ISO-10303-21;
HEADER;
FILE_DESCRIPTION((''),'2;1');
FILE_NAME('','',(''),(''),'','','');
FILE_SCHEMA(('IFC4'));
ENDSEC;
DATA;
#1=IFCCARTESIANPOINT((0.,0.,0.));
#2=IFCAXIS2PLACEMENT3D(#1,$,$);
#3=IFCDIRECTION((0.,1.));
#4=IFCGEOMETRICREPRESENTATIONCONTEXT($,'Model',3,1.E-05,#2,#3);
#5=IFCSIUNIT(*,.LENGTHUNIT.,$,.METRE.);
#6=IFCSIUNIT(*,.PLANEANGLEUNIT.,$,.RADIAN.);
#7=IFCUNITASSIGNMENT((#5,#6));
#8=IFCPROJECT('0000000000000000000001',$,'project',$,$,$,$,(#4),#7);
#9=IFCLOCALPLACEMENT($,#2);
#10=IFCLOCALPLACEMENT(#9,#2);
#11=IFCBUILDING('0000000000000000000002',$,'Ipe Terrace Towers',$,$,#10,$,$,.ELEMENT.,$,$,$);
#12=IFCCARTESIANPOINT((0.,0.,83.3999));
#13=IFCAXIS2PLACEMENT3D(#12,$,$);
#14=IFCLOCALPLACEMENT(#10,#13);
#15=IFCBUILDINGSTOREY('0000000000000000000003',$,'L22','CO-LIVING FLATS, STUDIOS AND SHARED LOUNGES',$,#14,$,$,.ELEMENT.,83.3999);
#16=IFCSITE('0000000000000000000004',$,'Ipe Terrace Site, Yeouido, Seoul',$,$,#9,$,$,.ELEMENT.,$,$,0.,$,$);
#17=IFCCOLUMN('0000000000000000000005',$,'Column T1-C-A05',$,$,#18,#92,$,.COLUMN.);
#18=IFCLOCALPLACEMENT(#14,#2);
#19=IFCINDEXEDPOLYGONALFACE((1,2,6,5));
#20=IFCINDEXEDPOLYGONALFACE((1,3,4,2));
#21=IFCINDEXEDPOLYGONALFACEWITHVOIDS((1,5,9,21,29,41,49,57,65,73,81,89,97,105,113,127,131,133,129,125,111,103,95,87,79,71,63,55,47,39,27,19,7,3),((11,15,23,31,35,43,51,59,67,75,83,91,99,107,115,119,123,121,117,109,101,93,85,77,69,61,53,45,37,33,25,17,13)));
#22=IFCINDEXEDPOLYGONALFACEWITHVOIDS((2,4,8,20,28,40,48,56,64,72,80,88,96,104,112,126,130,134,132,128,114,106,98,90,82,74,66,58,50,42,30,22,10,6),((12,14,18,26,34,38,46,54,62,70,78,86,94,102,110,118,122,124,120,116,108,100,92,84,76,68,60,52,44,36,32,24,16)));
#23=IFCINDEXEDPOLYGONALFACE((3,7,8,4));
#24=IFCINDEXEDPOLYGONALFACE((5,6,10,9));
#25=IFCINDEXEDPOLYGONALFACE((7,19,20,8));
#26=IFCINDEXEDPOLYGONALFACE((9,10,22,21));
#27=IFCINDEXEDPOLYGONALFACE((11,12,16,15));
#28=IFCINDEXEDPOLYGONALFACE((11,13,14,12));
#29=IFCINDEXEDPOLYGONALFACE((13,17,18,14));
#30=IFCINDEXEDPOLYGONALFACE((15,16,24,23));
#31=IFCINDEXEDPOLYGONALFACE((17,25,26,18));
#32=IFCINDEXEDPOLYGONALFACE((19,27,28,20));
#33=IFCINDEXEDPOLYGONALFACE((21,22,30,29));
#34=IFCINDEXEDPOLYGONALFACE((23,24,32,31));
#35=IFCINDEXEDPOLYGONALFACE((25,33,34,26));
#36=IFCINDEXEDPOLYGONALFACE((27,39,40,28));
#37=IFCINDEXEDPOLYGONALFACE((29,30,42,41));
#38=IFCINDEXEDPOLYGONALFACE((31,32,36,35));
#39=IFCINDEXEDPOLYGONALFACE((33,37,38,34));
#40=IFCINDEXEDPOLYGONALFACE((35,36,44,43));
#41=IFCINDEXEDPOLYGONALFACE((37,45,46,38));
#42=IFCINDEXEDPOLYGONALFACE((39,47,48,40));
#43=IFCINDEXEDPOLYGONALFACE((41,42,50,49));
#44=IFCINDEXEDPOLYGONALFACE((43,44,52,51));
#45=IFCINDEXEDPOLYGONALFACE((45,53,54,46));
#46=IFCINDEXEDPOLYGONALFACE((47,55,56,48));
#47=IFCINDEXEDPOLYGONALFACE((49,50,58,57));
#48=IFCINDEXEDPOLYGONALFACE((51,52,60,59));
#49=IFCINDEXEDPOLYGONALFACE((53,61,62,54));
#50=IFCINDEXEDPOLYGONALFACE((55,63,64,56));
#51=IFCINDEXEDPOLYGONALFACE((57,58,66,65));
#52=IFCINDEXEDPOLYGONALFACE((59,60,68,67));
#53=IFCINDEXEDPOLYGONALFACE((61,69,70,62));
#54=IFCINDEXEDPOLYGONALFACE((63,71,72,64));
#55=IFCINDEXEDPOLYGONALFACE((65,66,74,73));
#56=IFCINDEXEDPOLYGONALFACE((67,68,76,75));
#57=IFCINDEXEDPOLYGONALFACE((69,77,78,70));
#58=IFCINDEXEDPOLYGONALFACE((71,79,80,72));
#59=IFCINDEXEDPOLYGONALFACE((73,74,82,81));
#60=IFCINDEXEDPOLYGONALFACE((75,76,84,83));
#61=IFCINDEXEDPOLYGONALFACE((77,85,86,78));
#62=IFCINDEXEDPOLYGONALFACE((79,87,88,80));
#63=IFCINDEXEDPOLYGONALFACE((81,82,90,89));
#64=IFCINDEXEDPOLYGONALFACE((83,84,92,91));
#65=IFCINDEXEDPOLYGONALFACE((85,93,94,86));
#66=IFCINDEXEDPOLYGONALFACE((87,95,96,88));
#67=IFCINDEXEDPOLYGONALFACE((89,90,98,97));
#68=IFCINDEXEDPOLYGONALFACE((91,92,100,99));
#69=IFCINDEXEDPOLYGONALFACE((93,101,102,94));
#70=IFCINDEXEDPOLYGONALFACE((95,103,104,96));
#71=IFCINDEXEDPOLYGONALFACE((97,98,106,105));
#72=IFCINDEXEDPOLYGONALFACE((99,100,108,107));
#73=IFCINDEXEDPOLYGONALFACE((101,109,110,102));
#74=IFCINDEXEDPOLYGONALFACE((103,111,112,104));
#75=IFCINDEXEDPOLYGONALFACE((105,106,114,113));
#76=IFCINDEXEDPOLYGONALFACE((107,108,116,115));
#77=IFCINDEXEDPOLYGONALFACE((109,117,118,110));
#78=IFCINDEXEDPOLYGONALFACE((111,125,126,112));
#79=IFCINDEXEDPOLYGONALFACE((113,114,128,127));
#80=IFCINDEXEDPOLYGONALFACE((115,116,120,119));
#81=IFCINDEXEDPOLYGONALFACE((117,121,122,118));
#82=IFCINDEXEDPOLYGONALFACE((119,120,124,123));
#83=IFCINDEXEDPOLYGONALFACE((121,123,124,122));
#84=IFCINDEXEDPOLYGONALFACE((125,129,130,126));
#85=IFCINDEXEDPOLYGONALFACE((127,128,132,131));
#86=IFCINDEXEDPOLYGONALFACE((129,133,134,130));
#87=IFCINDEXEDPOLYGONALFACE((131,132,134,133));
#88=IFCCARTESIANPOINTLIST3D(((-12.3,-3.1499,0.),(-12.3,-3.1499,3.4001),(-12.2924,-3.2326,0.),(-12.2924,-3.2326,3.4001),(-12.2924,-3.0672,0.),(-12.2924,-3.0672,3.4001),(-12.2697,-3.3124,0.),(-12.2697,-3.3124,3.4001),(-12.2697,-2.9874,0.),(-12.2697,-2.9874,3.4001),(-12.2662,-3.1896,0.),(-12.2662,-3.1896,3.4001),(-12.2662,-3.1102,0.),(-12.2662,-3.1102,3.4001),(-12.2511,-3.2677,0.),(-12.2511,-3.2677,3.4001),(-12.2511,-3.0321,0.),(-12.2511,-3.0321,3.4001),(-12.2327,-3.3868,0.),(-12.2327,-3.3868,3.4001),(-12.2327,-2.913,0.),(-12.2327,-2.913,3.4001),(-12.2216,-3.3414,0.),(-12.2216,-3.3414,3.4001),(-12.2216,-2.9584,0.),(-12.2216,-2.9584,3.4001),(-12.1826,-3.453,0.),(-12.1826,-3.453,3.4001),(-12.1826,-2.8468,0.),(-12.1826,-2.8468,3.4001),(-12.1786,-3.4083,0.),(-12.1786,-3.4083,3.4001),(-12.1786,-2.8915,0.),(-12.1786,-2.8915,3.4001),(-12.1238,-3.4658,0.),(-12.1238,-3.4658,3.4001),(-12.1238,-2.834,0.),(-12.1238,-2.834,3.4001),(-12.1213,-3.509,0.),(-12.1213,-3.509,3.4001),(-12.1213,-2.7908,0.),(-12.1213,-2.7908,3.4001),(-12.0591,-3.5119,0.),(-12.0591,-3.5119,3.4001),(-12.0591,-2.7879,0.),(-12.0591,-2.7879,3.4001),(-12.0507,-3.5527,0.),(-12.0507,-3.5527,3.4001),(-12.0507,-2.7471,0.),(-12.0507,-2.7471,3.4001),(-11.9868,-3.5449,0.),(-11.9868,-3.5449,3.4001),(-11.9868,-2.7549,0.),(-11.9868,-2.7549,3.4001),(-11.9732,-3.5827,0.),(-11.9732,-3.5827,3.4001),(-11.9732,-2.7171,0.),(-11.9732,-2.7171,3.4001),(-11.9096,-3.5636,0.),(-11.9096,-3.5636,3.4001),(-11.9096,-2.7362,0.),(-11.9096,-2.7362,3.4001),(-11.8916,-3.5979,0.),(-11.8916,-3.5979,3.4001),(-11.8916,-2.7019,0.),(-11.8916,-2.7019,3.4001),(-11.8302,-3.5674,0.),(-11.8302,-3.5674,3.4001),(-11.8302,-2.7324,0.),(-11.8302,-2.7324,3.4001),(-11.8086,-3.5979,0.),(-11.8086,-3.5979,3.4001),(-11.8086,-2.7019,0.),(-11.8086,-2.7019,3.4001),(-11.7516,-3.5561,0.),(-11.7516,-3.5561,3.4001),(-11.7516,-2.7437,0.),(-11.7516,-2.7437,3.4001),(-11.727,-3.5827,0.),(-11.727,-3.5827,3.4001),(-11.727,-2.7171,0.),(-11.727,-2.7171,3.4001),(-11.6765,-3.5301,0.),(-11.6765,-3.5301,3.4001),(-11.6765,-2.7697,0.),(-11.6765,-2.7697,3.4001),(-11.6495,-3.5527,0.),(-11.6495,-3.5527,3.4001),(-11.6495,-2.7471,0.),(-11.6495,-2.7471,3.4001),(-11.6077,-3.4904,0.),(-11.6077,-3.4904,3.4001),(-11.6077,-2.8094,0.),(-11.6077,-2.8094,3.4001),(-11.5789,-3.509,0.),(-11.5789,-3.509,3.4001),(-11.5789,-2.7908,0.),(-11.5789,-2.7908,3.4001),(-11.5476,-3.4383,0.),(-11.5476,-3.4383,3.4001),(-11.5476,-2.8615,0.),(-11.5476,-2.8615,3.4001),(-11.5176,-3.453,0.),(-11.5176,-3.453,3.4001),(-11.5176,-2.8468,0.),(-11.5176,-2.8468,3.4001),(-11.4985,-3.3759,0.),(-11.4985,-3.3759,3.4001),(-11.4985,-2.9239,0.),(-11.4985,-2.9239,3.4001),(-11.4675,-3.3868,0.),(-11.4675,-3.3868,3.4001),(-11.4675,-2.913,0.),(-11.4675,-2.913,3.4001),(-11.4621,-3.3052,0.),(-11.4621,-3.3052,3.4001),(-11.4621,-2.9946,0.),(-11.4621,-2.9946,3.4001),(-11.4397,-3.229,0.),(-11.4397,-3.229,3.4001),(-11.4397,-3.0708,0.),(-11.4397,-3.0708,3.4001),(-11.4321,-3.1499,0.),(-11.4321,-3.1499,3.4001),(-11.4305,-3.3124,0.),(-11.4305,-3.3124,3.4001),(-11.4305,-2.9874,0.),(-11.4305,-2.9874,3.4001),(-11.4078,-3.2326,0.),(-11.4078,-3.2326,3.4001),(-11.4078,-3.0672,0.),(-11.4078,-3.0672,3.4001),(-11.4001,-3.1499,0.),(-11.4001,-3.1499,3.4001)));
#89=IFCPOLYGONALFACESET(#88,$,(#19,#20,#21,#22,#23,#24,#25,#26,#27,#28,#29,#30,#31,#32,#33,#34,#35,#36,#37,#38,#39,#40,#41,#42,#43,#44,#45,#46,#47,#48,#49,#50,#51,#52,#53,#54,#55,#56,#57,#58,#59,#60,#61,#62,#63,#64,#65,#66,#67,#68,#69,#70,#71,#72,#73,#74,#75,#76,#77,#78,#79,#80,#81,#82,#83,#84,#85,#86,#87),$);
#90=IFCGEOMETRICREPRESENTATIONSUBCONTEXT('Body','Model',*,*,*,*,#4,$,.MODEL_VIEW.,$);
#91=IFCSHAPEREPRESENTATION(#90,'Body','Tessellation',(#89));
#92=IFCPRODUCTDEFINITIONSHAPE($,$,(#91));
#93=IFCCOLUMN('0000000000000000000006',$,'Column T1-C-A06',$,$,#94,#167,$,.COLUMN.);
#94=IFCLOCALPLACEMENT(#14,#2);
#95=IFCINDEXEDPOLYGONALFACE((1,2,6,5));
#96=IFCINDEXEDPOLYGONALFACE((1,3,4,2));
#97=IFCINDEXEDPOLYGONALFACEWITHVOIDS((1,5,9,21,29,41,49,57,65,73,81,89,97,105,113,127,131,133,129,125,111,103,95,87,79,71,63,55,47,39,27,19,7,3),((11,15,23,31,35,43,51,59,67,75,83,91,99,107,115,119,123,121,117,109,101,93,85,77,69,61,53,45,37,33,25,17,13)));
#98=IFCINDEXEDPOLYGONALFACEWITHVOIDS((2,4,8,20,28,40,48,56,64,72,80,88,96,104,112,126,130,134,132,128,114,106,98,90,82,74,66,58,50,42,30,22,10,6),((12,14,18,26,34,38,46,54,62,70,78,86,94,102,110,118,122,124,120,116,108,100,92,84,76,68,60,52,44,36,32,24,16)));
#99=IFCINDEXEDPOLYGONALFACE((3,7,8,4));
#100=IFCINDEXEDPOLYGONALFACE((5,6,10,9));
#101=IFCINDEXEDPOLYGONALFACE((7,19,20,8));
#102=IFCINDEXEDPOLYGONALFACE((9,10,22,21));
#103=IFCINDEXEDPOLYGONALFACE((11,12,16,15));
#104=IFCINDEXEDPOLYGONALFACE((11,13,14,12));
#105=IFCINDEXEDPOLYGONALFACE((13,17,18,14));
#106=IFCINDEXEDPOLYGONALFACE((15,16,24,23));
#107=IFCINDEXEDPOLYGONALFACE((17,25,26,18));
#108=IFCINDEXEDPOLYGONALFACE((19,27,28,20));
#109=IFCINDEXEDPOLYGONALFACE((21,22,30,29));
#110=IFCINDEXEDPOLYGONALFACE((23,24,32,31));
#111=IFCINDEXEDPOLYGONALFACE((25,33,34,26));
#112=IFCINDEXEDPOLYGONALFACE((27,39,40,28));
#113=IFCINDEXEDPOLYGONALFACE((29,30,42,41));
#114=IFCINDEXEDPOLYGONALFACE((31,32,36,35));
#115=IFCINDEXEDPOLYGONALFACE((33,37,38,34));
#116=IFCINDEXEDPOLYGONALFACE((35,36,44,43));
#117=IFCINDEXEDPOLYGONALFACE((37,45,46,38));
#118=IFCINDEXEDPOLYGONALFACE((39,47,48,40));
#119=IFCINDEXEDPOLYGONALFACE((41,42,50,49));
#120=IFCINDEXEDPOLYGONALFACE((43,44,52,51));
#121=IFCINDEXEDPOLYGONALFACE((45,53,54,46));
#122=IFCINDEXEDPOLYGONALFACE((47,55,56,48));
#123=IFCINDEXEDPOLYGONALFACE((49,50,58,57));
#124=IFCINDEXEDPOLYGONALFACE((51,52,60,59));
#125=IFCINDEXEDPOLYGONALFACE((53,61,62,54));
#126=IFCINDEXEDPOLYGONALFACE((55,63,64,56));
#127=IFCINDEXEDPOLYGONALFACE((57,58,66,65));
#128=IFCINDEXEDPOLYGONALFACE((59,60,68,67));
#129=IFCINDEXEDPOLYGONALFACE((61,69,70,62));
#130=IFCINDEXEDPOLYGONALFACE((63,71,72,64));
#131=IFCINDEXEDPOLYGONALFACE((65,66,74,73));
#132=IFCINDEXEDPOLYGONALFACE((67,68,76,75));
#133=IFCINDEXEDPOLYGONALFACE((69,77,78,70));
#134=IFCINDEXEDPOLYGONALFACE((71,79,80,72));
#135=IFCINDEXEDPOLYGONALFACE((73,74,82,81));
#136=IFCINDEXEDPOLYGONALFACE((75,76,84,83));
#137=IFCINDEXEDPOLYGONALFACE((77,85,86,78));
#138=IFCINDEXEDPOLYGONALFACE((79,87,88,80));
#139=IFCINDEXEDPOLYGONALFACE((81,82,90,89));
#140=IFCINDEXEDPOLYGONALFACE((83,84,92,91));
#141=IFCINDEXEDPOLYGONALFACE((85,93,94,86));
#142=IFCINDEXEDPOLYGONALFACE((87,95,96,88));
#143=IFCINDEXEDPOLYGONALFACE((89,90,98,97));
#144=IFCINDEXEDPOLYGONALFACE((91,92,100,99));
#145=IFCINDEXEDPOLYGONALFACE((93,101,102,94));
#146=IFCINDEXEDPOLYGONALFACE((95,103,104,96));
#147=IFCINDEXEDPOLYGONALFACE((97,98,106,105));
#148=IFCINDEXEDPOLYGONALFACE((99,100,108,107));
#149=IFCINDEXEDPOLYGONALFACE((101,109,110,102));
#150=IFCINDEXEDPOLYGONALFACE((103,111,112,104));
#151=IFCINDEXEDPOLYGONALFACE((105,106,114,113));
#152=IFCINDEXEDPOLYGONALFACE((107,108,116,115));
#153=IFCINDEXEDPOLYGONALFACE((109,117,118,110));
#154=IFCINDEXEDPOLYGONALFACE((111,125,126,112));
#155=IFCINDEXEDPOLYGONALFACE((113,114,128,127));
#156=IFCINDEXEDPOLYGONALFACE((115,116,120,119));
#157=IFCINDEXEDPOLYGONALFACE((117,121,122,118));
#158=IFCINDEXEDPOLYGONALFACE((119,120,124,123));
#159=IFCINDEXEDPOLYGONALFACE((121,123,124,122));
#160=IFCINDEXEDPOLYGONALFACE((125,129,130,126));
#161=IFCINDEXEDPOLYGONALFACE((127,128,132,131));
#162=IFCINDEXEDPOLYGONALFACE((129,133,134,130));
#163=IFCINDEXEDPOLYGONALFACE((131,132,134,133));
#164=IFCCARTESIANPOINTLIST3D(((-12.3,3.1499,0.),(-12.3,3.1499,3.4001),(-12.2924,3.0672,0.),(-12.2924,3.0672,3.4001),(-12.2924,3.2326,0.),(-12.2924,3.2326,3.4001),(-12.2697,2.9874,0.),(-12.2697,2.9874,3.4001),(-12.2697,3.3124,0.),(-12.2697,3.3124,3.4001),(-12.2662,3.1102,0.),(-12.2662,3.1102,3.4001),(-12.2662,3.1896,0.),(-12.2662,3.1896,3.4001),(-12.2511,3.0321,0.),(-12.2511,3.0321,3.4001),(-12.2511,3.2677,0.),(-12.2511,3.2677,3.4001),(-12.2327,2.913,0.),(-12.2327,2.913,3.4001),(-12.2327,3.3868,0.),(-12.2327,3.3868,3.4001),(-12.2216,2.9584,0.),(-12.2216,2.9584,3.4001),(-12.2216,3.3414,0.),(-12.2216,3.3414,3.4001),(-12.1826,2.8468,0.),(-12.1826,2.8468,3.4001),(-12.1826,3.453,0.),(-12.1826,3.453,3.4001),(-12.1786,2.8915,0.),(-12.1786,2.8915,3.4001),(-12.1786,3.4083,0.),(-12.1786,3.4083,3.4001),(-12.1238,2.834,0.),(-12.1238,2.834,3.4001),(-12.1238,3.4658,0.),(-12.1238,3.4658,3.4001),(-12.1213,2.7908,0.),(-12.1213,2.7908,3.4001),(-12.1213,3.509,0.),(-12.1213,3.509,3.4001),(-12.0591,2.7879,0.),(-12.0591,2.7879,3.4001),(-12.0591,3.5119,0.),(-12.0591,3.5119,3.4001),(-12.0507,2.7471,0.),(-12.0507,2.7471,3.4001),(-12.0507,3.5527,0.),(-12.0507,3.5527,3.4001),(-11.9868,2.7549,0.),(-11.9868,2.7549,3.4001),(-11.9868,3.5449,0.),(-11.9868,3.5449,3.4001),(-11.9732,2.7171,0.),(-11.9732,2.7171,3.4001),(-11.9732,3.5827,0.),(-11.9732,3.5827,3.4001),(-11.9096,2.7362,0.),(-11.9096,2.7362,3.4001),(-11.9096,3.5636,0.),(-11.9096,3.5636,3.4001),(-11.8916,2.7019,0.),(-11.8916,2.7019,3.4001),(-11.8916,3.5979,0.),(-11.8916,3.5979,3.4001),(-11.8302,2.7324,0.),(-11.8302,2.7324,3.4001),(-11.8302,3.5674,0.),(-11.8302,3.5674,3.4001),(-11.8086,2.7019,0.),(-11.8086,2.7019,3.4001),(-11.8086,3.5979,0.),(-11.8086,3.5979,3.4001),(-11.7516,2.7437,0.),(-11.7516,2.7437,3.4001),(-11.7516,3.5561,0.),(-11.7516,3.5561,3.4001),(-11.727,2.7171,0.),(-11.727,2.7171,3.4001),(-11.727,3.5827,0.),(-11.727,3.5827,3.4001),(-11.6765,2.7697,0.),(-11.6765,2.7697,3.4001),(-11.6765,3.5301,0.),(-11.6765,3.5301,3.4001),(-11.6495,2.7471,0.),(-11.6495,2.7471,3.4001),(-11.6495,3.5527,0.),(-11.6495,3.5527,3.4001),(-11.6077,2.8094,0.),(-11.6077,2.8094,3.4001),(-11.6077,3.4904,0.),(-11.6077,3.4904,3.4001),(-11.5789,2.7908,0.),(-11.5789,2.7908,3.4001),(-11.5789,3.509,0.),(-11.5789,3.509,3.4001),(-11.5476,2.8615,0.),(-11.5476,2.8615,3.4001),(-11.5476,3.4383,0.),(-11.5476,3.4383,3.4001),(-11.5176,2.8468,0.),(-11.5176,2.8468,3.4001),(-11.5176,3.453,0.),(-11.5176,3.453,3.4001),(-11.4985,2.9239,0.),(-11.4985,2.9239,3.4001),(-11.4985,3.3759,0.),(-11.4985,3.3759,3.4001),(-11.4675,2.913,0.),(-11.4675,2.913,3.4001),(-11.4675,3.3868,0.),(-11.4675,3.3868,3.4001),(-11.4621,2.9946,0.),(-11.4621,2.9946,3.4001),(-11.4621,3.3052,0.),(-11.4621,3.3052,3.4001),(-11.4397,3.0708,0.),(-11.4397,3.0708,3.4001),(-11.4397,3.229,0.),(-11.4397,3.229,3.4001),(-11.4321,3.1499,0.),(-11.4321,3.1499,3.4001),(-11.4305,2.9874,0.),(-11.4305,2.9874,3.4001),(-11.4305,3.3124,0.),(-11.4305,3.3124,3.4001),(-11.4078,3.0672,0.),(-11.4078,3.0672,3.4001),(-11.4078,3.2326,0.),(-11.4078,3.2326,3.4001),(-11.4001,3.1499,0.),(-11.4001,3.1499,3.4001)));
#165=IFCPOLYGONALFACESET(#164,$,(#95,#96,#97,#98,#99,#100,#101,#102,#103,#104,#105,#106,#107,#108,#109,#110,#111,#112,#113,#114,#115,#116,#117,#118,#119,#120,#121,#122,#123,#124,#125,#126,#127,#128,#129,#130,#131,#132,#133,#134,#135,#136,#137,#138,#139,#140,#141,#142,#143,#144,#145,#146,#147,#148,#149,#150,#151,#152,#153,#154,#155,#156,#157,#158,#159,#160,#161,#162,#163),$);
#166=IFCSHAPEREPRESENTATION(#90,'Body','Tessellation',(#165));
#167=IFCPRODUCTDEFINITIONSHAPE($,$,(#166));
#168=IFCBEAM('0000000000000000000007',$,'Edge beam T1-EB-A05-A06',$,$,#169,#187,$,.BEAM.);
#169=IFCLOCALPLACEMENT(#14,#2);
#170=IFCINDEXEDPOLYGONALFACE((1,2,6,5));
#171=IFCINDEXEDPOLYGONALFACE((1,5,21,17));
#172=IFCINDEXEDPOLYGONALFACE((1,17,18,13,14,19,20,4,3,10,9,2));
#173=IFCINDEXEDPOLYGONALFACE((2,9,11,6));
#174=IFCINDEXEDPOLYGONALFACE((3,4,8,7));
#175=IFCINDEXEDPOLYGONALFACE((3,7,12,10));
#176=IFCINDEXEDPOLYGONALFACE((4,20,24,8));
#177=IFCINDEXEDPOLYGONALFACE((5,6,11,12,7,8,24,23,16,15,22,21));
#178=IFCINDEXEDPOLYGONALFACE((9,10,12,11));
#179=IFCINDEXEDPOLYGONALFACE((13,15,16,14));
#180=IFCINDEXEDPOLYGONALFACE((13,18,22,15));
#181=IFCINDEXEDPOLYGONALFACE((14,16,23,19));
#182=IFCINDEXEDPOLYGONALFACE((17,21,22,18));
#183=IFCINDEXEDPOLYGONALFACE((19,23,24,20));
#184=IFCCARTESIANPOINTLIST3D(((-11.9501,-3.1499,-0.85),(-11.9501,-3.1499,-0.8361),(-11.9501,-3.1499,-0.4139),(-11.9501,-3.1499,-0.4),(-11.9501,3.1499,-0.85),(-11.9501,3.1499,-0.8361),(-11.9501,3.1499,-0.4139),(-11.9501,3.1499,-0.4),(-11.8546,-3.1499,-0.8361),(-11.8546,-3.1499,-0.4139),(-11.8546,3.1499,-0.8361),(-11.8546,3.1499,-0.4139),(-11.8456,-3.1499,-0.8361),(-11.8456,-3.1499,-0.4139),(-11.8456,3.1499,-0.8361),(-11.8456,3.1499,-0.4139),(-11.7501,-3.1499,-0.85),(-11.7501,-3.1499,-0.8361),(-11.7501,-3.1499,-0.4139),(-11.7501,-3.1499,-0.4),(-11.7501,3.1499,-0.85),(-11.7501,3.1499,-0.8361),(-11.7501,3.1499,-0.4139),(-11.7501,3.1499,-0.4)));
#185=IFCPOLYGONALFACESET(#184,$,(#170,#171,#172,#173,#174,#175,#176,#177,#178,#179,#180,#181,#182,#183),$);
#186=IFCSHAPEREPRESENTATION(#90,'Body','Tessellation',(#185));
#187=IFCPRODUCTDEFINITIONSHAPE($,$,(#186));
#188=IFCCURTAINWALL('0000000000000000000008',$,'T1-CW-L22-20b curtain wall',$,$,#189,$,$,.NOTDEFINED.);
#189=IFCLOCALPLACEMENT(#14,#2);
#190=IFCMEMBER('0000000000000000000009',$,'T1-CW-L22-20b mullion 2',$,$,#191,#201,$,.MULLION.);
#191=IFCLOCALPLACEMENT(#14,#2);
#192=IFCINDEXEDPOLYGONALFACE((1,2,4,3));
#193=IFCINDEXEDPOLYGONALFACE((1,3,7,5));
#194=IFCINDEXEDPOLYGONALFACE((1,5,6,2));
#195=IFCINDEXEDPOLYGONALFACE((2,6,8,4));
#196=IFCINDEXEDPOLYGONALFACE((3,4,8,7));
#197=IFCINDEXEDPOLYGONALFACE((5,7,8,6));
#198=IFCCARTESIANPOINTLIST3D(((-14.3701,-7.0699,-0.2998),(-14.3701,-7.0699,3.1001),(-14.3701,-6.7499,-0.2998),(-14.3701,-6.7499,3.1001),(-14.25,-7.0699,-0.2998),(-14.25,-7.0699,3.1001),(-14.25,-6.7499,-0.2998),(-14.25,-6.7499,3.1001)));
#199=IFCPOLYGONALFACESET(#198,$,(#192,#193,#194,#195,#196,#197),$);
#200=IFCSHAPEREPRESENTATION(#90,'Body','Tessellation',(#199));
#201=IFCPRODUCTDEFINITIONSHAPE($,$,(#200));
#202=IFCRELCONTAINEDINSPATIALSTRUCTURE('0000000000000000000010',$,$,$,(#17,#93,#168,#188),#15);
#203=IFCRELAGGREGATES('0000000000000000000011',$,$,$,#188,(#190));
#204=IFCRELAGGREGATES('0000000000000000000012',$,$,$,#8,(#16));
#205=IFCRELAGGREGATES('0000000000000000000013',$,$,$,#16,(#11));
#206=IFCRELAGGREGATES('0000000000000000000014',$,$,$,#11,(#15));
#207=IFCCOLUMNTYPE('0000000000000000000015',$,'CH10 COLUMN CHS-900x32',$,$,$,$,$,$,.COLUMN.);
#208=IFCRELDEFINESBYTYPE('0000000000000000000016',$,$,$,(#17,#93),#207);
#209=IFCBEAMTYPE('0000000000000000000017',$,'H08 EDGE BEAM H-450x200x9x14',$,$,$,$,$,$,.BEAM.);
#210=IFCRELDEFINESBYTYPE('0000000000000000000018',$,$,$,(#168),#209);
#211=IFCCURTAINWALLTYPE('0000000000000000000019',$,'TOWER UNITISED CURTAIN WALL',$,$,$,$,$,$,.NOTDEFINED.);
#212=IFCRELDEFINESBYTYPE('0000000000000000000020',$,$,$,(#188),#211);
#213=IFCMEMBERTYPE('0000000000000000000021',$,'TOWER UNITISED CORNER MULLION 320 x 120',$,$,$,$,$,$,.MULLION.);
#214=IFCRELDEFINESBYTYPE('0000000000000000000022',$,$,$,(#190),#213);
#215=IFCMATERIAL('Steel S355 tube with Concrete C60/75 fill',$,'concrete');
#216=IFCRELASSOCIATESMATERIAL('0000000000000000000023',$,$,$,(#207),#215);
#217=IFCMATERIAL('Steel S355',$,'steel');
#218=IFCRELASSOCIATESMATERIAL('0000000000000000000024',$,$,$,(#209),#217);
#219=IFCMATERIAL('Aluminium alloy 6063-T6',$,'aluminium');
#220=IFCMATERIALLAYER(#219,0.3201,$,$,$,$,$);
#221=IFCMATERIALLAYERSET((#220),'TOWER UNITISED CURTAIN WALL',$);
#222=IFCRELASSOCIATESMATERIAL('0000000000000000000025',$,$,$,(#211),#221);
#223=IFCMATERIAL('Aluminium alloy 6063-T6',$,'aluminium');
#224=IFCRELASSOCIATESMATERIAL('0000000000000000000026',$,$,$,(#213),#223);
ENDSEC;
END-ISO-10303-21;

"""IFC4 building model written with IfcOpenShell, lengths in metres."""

from ifc_helpers import new_model, si_unit, direction, frame, origin, origin_2d, place, context, subcontext, project, spatial, rectangle, hollow_circle, i_section, extrude, material, layer, layer_set, material_profile, profile_set, type_object, element, aggregate, save


model = new_model("IFC4")

# Units and contexts
model_context = context("Model", 3, precision=1e-05, world=origin(), true_north=direction((0.0, 1.0)))
body_context = subcontext(model_context, "Body", "Model", "MODEL_VIEW")
ifc_project = project(units=[si_unit("LENGTHUNIT", "METRE"), si_unit("PLANEANGLEUNIT", "RADIAN")], contexts=[model_context])

# Site, building, storey
site_placement = place(None, origin())
site = spatial("IfcSite", under=ifc_project, at=site_placement, Name="Ipe Terrace Site, Yeouido, Seoul", CompositionType="ELEMENT", RefElevation=0.0)
building_placement = place(site_placement, origin())
building = spatial("IfcBuilding", under=site, at=building_placement, Name="Ipe Terrace Towers", CompositionType="ELEMENT")
storey_placement = place(building_placement, frame((0.0, 0.0, 83.3999)))
storey = spatial("IfcBuildingStorey", under=building, at=storey_placement, Name="L22", Description="CO-LIVING FLATS, STUDIOS AND SHARED LOUNGES", CompositionType="ELEMENT", Elevation=83.3999)

# Columns
ifc_material_1 = material(Name="Steel S355 tube with Concrete C60/75 fill", Category="concrete")
ifc_material_profile_1 = material_profile(ifc_material_1, hollow_circle(Radius=0.45, WallThickness=0.032, at=origin_2d()), Name="CHS-900x32")
ifc_profile_set_1 = profile_set([ifc_material_profile_1], Name="Steel S355 tube with Concrete C60/75 fill")
column_type = type_object("IfcColumnType", Name="CH10 COLUMN CHS-900x32", PredefinedType="COLUMN", material=ifc_profile_set_1)
for number, where, z_axis, x_axis, name in (
    (1, (-11.8501, -3.1499, 0.0), (0.0, 0.0, 1.0), (1.0, 0.0, 0.0), "Column T1-C-A05"),
    (2, (-11.8501, 3.1499, 0.0), (0.0, 0.0, 1.0), (1.0, 0.0, 0.0), "Column T1-C-A06"),
):
    element("IfcColumn", number, at=place(storey_placement, frame(where, z_axis=z_axis, x_axis=x_axis)), inside=storey, type_object=column_type, Name=name, PredefinedType="COLUMN", context=body_context, shape_type="SweptSolid", body=[
        extrude(hollow_circle(Radius=0.45, WallThickness=0.032, at=origin_2d()), origin(), (0.0, 0.0, 1.0), 3.4001),
    ])

# Beam
ifc_material_2 = material(Name="Steel S355", Category="steel")
ifc_material_profile_2 = material_profile(ifc_material_2, i_section(OverallWidth=0.2, OverallDepth=0.45, WebThickness=0.009, FlangeThickness=0.0139, at=origin_2d()), Name="H-450x200x9x14")
ifc_profile_set_2 = profile_set([ifc_material_profile_2], Name="Steel S355")
beam_type = type_object("IfcBeamType", Name="H08 EDGE BEAM H-450x200x9x14", PredefinedType="BEAM", material=ifc_profile_set_2)
beam_placement = place(storey_placement, frame((-11.8501, -3.1499, -0.625), z_axis=(0.0, 1.0, 0.0), x_axis=(-1.0, 0.0, 0.0)))
element("IfcBeam", 3, at=beam_placement, inside=storey, type_object=beam_type, Name="Edge beam T1-EB-A05-A06", PredefinedType="BEAM", context=body_context, shape_type="SweptSolid", body=[
    extrude(i_section(OverallWidth=0.2, OverallDepth=0.45, WebThickness=0.009, FlangeThickness=0.0139, at=origin_2d()), origin(), (0.0, 0.0, 1.0), 6.2998),
])

# Curtain wall, member
ifc_material_3 = material(Name="Aluminium alloy 6063-T6", Category="aluminium")
ifc_layer_1 = layer(ifc_material_3, 0.3201)
ifc_layer_set_1 = layer_set([ifc_layer_1], Name="TOWER UNITISED CURTAIN WALL")
curtain_wall_type = type_object("IfcCurtainWallType", Name="TOWER UNITISED CURTAIN WALL", PredefinedType="NOTDEFINED", material=ifc_layer_set_1)
curtain_wall_1_placement = place(storey_placement, origin())
curtain_wall_1 = element("IfcCurtainWall", 4, at=curtain_wall_1_placement, inside=storey, type_object=curtain_wall_type, Name="T1-CW-L22-20b curtain wall", PredefinedType="NOTDEFINED")
ifc_material_4 = material(Name="Aluminium alloy 6063-T6", Category="aluminium")
ifc_material_profile_3 = material_profile(ifc_material_4, rectangle(XDim=0.3201, YDim=0.1201, at=origin_2d()), Name="TOWER UNITISED CORNER MULLION 320 x 120")
ifc_profile_set_3 = profile_set([ifc_material_profile_3], Name="Aluminium alloy 6063-T6")
member_type_1 = type_object("IfcMemberType", Name="TOWER UNITISED CORNER MULLION 320 x 120", PredefinedType="MULLION", material=ifc_profile_set_3)
member_1_placement = place(storey_placement, frame((-14.3101, -6.9099, -0.2998), z_axis=(0.0, 0.0, 1.0), x_axis=(0.0, -1.0, 0.0)))
member_1 = element("IfcMember", 5, at=member_1_placement, type_object=member_type_1, Name="T1-CW-L22-20b mullion 2", PredefinedType="MULLION", context=body_context, shape_type="SweptSolid", body=[
    extrude(rectangle(XDim=0.3201, YDim=0.1201, at=origin_2d()), origin(), (0.0, 0.0, 1.0), 3.3999),
])
aggregate(curtain_wall_1, [member_1])

save(model, "model.ifc")
